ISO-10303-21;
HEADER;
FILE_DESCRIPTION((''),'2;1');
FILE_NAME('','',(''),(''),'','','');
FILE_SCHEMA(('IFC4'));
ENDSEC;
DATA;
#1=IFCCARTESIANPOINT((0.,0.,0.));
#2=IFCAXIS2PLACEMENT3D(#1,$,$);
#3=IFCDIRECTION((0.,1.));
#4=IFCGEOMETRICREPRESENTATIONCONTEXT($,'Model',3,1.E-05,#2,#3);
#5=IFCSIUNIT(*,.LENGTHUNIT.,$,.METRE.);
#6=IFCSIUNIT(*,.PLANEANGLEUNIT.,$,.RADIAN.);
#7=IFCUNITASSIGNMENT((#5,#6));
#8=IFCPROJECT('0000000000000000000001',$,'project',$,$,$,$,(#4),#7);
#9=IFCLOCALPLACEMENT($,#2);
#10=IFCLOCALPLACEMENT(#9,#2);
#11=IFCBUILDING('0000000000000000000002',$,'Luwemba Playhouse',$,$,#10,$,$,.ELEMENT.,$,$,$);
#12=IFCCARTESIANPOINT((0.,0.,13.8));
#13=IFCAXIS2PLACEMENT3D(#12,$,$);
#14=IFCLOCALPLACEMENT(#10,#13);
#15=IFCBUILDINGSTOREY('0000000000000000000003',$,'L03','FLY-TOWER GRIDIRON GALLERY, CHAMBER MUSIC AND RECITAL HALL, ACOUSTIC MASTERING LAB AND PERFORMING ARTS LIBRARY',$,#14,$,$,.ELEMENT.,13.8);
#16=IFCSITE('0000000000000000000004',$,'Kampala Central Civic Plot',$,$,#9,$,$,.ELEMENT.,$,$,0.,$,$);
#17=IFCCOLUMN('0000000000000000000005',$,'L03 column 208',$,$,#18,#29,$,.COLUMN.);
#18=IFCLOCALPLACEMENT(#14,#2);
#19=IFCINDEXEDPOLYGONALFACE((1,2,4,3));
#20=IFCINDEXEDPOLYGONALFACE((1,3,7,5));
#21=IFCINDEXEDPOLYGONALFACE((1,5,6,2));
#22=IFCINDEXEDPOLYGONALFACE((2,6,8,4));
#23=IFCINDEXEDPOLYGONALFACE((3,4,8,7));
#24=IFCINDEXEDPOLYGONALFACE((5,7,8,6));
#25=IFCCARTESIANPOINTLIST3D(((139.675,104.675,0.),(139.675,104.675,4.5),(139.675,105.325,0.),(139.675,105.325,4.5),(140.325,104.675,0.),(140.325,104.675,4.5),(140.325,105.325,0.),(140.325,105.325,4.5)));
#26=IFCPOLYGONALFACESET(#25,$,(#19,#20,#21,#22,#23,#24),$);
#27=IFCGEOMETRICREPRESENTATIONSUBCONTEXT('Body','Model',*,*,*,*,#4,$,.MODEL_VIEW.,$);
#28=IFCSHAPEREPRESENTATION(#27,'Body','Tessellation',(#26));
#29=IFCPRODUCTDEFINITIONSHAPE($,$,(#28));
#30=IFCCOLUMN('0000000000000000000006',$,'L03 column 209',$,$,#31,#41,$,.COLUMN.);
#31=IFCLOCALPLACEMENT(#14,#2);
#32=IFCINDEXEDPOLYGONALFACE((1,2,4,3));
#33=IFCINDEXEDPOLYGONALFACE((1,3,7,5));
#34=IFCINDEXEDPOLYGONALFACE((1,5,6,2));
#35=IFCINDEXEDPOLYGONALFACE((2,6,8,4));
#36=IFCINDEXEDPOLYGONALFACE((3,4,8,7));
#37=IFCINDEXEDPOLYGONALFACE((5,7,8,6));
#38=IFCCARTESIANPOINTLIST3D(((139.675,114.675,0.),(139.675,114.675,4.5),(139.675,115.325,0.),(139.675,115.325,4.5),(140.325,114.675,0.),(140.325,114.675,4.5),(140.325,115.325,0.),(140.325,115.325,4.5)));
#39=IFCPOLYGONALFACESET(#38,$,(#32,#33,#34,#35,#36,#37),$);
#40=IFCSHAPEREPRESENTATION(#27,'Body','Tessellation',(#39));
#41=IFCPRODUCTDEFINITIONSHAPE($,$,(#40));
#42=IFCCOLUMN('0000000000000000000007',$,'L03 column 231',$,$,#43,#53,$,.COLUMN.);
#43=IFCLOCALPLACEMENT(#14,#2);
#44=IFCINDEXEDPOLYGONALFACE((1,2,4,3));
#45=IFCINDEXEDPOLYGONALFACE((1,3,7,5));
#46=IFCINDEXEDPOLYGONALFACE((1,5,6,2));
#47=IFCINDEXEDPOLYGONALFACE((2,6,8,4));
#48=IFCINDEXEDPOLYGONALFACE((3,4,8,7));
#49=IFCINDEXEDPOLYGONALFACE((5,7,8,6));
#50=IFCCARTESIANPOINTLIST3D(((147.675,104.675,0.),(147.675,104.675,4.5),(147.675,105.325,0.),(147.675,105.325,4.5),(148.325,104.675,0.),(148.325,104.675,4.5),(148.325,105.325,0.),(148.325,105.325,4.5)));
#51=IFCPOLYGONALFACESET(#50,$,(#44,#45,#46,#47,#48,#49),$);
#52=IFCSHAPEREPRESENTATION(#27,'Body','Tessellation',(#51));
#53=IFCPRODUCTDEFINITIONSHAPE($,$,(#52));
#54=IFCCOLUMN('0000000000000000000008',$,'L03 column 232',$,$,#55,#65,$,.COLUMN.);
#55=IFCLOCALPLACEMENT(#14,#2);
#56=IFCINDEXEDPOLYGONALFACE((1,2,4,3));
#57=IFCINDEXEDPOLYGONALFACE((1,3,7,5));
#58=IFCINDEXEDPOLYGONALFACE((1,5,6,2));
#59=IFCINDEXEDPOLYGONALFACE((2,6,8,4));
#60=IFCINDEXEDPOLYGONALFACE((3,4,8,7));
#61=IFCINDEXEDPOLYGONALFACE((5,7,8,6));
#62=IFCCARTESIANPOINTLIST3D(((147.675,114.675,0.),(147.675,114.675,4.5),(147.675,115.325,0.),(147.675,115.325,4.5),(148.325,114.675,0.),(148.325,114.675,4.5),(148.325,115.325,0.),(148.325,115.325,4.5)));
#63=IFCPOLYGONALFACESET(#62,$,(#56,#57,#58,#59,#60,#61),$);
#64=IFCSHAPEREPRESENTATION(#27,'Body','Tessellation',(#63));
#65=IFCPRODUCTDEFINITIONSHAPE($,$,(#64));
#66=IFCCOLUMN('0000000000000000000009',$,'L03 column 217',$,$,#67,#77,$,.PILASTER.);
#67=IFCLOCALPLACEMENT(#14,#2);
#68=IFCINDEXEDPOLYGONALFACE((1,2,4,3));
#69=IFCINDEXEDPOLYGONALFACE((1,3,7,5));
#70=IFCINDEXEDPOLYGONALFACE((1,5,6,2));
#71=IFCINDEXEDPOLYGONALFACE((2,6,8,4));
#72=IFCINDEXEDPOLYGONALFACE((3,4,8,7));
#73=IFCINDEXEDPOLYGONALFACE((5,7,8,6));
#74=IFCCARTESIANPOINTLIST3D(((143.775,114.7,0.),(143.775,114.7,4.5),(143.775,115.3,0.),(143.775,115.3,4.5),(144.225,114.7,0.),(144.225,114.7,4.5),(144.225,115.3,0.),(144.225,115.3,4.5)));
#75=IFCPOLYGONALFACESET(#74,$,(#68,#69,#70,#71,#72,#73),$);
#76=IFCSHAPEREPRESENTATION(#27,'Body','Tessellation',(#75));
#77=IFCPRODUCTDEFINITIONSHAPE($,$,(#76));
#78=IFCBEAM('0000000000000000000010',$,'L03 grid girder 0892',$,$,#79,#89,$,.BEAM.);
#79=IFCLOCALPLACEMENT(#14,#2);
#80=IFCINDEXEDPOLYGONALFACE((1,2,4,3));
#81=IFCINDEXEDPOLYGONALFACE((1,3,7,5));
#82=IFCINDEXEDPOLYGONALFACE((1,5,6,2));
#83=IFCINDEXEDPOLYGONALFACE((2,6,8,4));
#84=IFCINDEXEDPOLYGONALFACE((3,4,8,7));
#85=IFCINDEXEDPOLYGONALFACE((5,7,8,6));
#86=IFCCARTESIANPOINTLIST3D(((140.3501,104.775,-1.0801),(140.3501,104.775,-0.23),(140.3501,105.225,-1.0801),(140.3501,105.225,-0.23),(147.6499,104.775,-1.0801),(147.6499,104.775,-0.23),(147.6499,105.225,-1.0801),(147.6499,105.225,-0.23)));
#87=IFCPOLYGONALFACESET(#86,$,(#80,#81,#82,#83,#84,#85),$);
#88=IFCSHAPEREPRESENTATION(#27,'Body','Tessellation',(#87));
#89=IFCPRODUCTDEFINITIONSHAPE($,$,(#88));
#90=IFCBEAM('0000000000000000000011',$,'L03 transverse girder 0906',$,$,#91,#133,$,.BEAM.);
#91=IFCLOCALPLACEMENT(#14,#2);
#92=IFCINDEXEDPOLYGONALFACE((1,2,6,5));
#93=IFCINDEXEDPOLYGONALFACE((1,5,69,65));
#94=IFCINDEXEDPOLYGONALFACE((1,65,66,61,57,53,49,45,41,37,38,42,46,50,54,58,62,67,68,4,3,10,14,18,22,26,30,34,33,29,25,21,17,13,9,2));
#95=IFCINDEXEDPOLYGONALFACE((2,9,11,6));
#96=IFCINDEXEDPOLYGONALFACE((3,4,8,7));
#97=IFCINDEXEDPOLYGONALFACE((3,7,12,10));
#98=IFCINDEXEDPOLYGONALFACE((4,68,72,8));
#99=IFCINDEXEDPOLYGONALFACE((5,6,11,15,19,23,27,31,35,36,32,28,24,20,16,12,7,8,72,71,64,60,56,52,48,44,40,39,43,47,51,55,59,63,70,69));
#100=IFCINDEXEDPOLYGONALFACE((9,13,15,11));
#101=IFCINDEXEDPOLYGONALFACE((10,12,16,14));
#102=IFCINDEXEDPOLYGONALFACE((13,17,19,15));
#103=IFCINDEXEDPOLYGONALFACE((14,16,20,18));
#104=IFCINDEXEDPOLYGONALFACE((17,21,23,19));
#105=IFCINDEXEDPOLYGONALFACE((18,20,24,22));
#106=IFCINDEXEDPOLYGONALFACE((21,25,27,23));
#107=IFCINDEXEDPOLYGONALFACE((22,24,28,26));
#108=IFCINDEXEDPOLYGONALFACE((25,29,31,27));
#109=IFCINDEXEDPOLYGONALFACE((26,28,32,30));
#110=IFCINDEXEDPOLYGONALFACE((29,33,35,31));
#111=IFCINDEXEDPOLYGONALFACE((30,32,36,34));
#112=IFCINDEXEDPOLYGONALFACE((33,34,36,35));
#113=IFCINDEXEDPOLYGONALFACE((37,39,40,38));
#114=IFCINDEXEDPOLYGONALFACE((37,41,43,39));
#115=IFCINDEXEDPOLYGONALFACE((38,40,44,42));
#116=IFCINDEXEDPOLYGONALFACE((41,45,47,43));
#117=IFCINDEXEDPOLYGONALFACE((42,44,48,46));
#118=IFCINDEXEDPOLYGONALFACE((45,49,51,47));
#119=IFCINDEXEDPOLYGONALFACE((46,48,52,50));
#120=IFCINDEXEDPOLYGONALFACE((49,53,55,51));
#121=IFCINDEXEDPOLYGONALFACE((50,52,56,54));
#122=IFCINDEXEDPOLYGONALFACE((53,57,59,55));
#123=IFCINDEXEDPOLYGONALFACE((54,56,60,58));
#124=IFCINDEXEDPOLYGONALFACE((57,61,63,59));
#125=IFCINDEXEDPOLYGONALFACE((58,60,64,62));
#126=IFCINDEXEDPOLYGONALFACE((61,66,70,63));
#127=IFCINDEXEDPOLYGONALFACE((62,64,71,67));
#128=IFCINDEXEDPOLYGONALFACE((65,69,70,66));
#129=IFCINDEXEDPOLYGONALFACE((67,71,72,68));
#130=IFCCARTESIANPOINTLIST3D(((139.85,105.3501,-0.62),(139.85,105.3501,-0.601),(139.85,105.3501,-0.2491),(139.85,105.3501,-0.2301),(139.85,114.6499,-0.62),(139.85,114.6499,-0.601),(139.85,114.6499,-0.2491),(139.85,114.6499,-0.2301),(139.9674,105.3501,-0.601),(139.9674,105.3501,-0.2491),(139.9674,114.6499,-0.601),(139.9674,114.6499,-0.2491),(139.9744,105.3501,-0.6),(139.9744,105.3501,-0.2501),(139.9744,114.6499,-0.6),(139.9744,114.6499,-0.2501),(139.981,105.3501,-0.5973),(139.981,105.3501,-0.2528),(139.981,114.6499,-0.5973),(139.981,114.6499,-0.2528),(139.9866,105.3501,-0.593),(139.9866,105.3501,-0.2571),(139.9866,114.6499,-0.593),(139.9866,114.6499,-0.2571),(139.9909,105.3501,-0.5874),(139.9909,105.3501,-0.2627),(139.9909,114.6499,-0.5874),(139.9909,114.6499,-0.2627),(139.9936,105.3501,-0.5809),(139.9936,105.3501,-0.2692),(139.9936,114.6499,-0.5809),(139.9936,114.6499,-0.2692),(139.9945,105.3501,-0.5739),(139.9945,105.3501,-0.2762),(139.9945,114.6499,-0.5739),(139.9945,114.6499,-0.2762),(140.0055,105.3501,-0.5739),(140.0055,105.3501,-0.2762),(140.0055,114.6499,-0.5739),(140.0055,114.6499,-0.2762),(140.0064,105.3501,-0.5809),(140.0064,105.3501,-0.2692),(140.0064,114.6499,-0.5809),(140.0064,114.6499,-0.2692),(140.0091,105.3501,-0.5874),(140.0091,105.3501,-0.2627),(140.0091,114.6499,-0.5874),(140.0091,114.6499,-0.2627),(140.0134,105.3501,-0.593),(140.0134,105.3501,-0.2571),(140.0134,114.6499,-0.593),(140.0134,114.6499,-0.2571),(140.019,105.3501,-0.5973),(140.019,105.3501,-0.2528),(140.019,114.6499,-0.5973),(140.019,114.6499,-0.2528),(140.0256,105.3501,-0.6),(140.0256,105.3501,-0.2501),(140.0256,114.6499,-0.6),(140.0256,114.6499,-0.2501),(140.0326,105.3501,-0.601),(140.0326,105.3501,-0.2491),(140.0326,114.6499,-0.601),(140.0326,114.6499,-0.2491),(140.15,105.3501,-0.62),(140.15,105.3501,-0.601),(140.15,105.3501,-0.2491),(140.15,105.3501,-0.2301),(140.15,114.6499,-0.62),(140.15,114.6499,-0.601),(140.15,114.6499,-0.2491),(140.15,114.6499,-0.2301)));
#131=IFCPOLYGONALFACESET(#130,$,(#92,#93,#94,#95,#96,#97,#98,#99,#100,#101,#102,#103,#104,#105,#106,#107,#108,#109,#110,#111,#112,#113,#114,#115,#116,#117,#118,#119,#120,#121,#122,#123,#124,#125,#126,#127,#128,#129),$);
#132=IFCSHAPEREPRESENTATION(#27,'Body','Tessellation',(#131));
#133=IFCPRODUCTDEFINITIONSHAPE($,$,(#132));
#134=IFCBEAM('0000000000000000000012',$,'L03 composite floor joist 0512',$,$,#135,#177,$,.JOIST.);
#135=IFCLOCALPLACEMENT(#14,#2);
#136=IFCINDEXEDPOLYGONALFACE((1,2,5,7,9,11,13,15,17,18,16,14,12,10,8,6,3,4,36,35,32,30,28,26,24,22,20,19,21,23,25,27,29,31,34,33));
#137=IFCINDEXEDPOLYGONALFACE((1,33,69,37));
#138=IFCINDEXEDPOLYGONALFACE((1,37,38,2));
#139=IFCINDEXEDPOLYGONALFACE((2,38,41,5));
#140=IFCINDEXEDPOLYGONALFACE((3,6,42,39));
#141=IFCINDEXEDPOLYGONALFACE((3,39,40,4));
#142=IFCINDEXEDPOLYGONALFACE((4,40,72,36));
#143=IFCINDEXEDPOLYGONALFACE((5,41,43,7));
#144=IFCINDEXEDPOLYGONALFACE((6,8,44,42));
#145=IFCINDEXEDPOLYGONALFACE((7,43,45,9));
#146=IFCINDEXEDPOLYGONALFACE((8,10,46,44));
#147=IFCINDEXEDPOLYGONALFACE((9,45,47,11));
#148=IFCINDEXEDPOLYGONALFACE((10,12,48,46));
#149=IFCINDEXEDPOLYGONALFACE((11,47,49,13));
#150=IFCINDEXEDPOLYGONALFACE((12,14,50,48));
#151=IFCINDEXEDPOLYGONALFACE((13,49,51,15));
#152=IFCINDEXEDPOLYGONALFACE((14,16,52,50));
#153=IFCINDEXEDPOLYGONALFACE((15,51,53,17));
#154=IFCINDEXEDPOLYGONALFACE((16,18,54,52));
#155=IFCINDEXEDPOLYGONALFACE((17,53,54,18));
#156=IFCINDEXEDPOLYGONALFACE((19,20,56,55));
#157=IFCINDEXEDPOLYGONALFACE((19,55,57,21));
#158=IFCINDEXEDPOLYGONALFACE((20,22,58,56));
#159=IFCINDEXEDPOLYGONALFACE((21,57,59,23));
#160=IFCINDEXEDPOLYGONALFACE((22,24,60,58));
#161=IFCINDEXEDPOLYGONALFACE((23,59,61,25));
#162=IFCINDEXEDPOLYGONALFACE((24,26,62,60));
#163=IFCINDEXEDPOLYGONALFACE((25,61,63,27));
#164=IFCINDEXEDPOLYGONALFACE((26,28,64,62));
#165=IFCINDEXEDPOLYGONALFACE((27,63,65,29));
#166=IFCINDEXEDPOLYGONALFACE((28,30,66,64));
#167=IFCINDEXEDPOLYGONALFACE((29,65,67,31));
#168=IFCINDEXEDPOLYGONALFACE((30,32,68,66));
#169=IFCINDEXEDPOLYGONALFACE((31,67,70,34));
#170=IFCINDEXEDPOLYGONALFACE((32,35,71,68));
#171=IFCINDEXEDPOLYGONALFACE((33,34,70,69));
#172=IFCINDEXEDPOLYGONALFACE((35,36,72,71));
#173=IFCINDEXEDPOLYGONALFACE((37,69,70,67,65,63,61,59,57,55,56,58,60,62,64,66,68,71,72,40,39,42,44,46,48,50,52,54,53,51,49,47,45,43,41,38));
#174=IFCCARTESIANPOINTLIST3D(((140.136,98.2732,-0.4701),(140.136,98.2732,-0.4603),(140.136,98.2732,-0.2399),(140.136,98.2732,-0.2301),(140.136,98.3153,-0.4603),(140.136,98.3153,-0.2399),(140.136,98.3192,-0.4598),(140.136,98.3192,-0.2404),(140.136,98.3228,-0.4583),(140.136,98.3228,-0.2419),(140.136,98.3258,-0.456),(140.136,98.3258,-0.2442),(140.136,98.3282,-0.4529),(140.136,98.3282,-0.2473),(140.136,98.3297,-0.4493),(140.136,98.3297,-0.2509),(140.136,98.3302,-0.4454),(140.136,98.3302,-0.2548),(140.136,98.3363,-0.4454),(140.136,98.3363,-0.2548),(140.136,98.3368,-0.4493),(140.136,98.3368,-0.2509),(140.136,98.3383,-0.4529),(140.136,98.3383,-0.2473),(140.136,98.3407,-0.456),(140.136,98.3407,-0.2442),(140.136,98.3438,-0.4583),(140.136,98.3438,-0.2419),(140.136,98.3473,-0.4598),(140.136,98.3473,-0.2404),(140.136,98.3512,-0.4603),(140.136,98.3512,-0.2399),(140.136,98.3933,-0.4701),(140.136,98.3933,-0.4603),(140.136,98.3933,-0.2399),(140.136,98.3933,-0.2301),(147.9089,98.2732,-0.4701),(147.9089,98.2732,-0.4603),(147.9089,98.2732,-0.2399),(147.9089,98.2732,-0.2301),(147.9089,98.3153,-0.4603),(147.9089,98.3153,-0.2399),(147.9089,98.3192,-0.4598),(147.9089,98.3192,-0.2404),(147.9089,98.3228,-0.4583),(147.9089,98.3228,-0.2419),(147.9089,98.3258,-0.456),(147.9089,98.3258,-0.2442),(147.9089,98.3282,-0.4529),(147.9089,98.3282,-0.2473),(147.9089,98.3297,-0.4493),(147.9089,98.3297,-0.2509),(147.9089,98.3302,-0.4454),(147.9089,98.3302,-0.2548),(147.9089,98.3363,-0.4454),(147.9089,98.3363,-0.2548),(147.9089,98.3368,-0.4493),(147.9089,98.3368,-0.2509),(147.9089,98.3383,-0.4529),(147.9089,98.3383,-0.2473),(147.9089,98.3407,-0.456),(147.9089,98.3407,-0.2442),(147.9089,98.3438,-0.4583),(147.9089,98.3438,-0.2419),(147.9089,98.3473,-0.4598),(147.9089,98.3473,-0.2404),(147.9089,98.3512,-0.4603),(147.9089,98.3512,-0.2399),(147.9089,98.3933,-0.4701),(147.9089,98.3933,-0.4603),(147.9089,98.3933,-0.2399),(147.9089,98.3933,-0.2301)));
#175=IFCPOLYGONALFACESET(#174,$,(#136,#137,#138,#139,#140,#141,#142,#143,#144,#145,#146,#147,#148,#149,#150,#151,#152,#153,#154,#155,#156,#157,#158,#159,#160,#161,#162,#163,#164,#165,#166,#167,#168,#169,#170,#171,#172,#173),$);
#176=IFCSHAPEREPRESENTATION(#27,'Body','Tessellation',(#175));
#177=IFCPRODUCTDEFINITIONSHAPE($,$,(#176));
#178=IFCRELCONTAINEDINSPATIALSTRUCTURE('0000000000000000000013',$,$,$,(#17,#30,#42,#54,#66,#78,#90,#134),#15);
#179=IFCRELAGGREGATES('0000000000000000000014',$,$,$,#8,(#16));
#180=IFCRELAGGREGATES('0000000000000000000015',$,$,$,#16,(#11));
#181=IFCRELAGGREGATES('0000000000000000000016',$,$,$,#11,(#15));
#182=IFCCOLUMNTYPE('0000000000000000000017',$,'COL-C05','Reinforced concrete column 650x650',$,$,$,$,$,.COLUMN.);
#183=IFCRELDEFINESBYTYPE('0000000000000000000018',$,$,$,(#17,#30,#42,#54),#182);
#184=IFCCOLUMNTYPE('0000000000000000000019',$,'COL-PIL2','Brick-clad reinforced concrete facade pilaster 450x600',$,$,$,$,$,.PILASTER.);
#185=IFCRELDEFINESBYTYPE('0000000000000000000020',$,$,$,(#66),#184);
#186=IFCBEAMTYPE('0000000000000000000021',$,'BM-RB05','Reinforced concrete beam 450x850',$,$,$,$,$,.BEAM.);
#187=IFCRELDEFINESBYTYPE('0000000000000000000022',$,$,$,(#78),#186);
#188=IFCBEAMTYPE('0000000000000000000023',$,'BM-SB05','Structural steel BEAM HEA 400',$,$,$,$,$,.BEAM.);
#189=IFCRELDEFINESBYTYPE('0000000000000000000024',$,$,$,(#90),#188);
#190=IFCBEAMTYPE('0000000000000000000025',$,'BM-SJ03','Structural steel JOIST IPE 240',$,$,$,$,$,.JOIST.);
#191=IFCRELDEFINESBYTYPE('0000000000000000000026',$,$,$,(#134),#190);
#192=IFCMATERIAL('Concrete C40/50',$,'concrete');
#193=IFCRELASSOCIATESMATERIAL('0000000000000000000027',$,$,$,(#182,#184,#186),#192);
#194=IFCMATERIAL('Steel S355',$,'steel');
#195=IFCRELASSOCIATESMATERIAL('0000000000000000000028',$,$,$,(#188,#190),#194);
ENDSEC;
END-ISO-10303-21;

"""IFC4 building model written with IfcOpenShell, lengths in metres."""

from ifc_helpers import new_model, si_unit, direction, frame, origin, origin_2d, place, context, subcontext, project, spatial, rectangle, i_section, extrude, material, material_profile, profile_set, type_object, element, save


model = new_model("IFC4")

# Units and contexts
model_context = context("Model", 3, precision=1e-05, world=origin(), true_north=direction((0.0, 1.0)))
body_context = subcontext(model_context, "Body", "Model", "MODEL_VIEW")
ifc_project = project(units=[si_unit("LENGTHUNIT", "METRE"), si_unit("PLANEANGLEUNIT", "RADIAN")], contexts=[model_context])

# Site, building, storey
site_placement = place(None, origin())
site = spatial("IfcSite", under=ifc_project, at=site_placement, Name="Kampala Central Civic Plot", CompositionType="ELEMENT", RefElevation=0.0)
building_placement = place(site_placement, origin())
building = spatial("IfcBuilding", under=site, at=building_placement, Name="Luwemba Playhouse", CompositionType="ELEMENT")
storey_placement = place(building_placement, frame((0.0, 0.0, 13.8)))
storey = spatial("IfcBuildingStorey", under=building, at=storey_placement, Name="L03", Description="FLY-TOWER GRIDIRON GALLERY, CHAMBER MUSIC AND RECITAL HALL, ACOUSTIC MASTERING LAB AND PERFORMING ARTS LIBRARY", CompositionType="ELEMENT", Elevation=13.8)

# Columns
ifc_material_1 = material(Name="Concrete C40/50", Category="concrete")
ifc_material_profile_1 = material_profile(ifc_material_1, rectangle(XDim=0.6499, YDim=0.6499, at=origin_2d()))
ifc_profile_set_1 = profile_set([ifc_material_profile_1], Name="Concrete C40/50")
column_type_1 = type_object("IfcColumnType", Name="COL-C05", Description="Reinforced concrete column 650x650", PredefinedType="COLUMN", material=ifc_profile_set_1)
for number, where, z_axis, x_axis, name in (
    (1, (140.0, 105.0, 0.0), (0.0, 0.0, 1.0), (1.0, 0.0, 0.0), "L03 column 208"),
    (2, (140.0, 115.0, 0.0), (0.0, 0.0, 1.0), (1.0, 0.0, 0.0), "L03 column 209"),
    (3, (148.0, 105.0, 0.0), (0.0, 0.0, 1.0), (1.0, 0.0, 0.0), "L03 column 231"),
    (4, (148.0, 115.0, 0.0), (0.0, 0.0, 1.0), (1.0, 0.0, 0.0), "L03 column 232"),
):
    element("IfcColumn", number, at=place(storey_placement, frame(where, z_axis=z_axis, x_axis=x_axis)), inside=storey, type_object=column_type_1, Name=name, PredefinedType="COLUMN", context=body_context, shape_type="SweptSolid", body=[
        extrude(rectangle(XDim=0.6499, YDim=0.6499, at=origin_2d()), origin(), (0.0, 0.0, 1.0), 4.5),
    ])
ifc_material_profile_2 = material_profile(ifc_material_1, rectangle(XDim=0.45, YDim=0.6001, at=origin_2d()))
ifc_profile_set_2 = profile_set([ifc_material_profile_2], Name="Concrete C40/50")
column_type_2 = type_object("IfcColumnType", Name="COL-PIL2", Description="Brick-clad reinforced concrete facade pilaster 450x600", PredefinedType="PILASTER", material=ifc_profile_set_2)
column_placement = place(storey_placement, frame((144.0, 115.0, 0.0), z_axis=(0.0, 0.0, 1.0), x_axis=(1.0, 0.0, 0.0)))
element("IfcColumn", 5, at=column_placement, inside=storey, type_object=column_type_2, Name="L03 column 217", PredefinedType="PILASTER", context=body_context, shape_type="SweptSolid", body=[
    extrude(rectangle(XDim=0.45, YDim=0.6001, at=origin_2d()), origin(), (0.0, 0.0, 1.0), 4.5),
])

# Beams
ifc_material_profile_3 = material_profile(ifc_material_1, rectangle(XDim=0.45, YDim=0.8501, at=origin_2d()))
ifc_profile_set_3 = profile_set([ifc_material_profile_3], Name="Concrete C40/50")
beam_type_1 = type_object("IfcBeamType", Name="BM-RB05", Description="Reinforced concrete beam 450x850", PredefinedType="BEAM", material=ifc_profile_set_3)
beam_1_placement = place(storey_placement, frame((140.3501, 105.0, -0.655), z_axis=(1.0, 0.0, 0.0), x_axis=(0.0, 1.0, 0.0)))
element("IfcBeam", 6, at=beam_1_placement, inside=storey, type_object=beam_type_1, Name="L03 grid girder 0892", PredefinedType="BEAM", context=body_context, shape_type="SweptSolid", body=[
    extrude(rectangle(XDim=0.45, YDim=0.8501, at=origin_2d()), origin(), (0.0, 0.0, 1.0), 7.2998),
])
ifc_material_2 = material(Name="Steel S355", Category="steel")
ifc_material_profile_4 = material_profile(ifc_material_2, i_section(OverallWidth=0.3, OverallDepth=0.3899, WebThickness=0.011, FlangeThickness=0.019, FilletRadius=0.0271, at=origin_2d()))
ifc_profile_set_4 = profile_set([ifc_material_profile_4], Name="Steel S355")
beam_type_2 = type_object("IfcBeamType", Name="BM-SB05", Description="Structural steel BEAM HEA 400", PredefinedType="BEAM", material=ifc_profile_set_4)
beam_2_placement = place(storey_placement, frame((140.0, 105.3501, -0.425), z_axis=(0.0, 1.0, 0.0), x_axis=(-1.0, 0.0, 0.0)))
element("IfcBeam", 7, at=beam_2_placement, inside=storey, type_object=beam_type_2, Name="L03 transverse girder 0906", PredefinedType="BEAM", context=body_context, shape_type="SweptSolid", body=[
    extrude(i_section(OverallWidth=0.3, OverallDepth=0.3899, WebThickness=0.011, FlangeThickness=0.019, FilletRadius=0.0271, at=origin_2d()), origin(), (0.0, 0.0, 1.0), 9.2998),
])
ifc_material_profile_5 = material_profile(ifc_material_2, i_section(OverallWidth=0.1201, OverallDepth=0.24, WebThickness=0.0061, FlangeThickness=0.0098, FilletRadius=0.0149, at=origin_2d()))
ifc_profile_set_5 = profile_set([ifc_material_profile_5], Name="Steel S355")
beam_type_3 = type_object("IfcBeamType", Name="BM-SJ03", Description="Structural steel JOIST IPE 240", PredefinedType="JOIST", material=ifc_profile_set_5)
beam_3_placement = place(storey_placement, frame((140.136, 98.3333, -0.3501), z_axis=(1.0, 0.0, 0.0), x_axis=(0.0, 1.0, 0.0)))
element("IfcBeam", 8, at=beam_3_placement, inside=storey, type_object=beam_type_3, Name="L03 composite floor joist 0512", PredefinedType="JOIST", context=body_context, shape_type="SweptSolid", body=[
    extrude(i_section(OverallWidth=0.1201, OverallDepth=0.24, WebThickness=0.0061, FlangeThickness=0.0098, FilletRadius=0.0149, at=origin_2d()), origin(), (0.0, 0.0, 1.0), 7.7729),
])

save(model, "model.ifc")
